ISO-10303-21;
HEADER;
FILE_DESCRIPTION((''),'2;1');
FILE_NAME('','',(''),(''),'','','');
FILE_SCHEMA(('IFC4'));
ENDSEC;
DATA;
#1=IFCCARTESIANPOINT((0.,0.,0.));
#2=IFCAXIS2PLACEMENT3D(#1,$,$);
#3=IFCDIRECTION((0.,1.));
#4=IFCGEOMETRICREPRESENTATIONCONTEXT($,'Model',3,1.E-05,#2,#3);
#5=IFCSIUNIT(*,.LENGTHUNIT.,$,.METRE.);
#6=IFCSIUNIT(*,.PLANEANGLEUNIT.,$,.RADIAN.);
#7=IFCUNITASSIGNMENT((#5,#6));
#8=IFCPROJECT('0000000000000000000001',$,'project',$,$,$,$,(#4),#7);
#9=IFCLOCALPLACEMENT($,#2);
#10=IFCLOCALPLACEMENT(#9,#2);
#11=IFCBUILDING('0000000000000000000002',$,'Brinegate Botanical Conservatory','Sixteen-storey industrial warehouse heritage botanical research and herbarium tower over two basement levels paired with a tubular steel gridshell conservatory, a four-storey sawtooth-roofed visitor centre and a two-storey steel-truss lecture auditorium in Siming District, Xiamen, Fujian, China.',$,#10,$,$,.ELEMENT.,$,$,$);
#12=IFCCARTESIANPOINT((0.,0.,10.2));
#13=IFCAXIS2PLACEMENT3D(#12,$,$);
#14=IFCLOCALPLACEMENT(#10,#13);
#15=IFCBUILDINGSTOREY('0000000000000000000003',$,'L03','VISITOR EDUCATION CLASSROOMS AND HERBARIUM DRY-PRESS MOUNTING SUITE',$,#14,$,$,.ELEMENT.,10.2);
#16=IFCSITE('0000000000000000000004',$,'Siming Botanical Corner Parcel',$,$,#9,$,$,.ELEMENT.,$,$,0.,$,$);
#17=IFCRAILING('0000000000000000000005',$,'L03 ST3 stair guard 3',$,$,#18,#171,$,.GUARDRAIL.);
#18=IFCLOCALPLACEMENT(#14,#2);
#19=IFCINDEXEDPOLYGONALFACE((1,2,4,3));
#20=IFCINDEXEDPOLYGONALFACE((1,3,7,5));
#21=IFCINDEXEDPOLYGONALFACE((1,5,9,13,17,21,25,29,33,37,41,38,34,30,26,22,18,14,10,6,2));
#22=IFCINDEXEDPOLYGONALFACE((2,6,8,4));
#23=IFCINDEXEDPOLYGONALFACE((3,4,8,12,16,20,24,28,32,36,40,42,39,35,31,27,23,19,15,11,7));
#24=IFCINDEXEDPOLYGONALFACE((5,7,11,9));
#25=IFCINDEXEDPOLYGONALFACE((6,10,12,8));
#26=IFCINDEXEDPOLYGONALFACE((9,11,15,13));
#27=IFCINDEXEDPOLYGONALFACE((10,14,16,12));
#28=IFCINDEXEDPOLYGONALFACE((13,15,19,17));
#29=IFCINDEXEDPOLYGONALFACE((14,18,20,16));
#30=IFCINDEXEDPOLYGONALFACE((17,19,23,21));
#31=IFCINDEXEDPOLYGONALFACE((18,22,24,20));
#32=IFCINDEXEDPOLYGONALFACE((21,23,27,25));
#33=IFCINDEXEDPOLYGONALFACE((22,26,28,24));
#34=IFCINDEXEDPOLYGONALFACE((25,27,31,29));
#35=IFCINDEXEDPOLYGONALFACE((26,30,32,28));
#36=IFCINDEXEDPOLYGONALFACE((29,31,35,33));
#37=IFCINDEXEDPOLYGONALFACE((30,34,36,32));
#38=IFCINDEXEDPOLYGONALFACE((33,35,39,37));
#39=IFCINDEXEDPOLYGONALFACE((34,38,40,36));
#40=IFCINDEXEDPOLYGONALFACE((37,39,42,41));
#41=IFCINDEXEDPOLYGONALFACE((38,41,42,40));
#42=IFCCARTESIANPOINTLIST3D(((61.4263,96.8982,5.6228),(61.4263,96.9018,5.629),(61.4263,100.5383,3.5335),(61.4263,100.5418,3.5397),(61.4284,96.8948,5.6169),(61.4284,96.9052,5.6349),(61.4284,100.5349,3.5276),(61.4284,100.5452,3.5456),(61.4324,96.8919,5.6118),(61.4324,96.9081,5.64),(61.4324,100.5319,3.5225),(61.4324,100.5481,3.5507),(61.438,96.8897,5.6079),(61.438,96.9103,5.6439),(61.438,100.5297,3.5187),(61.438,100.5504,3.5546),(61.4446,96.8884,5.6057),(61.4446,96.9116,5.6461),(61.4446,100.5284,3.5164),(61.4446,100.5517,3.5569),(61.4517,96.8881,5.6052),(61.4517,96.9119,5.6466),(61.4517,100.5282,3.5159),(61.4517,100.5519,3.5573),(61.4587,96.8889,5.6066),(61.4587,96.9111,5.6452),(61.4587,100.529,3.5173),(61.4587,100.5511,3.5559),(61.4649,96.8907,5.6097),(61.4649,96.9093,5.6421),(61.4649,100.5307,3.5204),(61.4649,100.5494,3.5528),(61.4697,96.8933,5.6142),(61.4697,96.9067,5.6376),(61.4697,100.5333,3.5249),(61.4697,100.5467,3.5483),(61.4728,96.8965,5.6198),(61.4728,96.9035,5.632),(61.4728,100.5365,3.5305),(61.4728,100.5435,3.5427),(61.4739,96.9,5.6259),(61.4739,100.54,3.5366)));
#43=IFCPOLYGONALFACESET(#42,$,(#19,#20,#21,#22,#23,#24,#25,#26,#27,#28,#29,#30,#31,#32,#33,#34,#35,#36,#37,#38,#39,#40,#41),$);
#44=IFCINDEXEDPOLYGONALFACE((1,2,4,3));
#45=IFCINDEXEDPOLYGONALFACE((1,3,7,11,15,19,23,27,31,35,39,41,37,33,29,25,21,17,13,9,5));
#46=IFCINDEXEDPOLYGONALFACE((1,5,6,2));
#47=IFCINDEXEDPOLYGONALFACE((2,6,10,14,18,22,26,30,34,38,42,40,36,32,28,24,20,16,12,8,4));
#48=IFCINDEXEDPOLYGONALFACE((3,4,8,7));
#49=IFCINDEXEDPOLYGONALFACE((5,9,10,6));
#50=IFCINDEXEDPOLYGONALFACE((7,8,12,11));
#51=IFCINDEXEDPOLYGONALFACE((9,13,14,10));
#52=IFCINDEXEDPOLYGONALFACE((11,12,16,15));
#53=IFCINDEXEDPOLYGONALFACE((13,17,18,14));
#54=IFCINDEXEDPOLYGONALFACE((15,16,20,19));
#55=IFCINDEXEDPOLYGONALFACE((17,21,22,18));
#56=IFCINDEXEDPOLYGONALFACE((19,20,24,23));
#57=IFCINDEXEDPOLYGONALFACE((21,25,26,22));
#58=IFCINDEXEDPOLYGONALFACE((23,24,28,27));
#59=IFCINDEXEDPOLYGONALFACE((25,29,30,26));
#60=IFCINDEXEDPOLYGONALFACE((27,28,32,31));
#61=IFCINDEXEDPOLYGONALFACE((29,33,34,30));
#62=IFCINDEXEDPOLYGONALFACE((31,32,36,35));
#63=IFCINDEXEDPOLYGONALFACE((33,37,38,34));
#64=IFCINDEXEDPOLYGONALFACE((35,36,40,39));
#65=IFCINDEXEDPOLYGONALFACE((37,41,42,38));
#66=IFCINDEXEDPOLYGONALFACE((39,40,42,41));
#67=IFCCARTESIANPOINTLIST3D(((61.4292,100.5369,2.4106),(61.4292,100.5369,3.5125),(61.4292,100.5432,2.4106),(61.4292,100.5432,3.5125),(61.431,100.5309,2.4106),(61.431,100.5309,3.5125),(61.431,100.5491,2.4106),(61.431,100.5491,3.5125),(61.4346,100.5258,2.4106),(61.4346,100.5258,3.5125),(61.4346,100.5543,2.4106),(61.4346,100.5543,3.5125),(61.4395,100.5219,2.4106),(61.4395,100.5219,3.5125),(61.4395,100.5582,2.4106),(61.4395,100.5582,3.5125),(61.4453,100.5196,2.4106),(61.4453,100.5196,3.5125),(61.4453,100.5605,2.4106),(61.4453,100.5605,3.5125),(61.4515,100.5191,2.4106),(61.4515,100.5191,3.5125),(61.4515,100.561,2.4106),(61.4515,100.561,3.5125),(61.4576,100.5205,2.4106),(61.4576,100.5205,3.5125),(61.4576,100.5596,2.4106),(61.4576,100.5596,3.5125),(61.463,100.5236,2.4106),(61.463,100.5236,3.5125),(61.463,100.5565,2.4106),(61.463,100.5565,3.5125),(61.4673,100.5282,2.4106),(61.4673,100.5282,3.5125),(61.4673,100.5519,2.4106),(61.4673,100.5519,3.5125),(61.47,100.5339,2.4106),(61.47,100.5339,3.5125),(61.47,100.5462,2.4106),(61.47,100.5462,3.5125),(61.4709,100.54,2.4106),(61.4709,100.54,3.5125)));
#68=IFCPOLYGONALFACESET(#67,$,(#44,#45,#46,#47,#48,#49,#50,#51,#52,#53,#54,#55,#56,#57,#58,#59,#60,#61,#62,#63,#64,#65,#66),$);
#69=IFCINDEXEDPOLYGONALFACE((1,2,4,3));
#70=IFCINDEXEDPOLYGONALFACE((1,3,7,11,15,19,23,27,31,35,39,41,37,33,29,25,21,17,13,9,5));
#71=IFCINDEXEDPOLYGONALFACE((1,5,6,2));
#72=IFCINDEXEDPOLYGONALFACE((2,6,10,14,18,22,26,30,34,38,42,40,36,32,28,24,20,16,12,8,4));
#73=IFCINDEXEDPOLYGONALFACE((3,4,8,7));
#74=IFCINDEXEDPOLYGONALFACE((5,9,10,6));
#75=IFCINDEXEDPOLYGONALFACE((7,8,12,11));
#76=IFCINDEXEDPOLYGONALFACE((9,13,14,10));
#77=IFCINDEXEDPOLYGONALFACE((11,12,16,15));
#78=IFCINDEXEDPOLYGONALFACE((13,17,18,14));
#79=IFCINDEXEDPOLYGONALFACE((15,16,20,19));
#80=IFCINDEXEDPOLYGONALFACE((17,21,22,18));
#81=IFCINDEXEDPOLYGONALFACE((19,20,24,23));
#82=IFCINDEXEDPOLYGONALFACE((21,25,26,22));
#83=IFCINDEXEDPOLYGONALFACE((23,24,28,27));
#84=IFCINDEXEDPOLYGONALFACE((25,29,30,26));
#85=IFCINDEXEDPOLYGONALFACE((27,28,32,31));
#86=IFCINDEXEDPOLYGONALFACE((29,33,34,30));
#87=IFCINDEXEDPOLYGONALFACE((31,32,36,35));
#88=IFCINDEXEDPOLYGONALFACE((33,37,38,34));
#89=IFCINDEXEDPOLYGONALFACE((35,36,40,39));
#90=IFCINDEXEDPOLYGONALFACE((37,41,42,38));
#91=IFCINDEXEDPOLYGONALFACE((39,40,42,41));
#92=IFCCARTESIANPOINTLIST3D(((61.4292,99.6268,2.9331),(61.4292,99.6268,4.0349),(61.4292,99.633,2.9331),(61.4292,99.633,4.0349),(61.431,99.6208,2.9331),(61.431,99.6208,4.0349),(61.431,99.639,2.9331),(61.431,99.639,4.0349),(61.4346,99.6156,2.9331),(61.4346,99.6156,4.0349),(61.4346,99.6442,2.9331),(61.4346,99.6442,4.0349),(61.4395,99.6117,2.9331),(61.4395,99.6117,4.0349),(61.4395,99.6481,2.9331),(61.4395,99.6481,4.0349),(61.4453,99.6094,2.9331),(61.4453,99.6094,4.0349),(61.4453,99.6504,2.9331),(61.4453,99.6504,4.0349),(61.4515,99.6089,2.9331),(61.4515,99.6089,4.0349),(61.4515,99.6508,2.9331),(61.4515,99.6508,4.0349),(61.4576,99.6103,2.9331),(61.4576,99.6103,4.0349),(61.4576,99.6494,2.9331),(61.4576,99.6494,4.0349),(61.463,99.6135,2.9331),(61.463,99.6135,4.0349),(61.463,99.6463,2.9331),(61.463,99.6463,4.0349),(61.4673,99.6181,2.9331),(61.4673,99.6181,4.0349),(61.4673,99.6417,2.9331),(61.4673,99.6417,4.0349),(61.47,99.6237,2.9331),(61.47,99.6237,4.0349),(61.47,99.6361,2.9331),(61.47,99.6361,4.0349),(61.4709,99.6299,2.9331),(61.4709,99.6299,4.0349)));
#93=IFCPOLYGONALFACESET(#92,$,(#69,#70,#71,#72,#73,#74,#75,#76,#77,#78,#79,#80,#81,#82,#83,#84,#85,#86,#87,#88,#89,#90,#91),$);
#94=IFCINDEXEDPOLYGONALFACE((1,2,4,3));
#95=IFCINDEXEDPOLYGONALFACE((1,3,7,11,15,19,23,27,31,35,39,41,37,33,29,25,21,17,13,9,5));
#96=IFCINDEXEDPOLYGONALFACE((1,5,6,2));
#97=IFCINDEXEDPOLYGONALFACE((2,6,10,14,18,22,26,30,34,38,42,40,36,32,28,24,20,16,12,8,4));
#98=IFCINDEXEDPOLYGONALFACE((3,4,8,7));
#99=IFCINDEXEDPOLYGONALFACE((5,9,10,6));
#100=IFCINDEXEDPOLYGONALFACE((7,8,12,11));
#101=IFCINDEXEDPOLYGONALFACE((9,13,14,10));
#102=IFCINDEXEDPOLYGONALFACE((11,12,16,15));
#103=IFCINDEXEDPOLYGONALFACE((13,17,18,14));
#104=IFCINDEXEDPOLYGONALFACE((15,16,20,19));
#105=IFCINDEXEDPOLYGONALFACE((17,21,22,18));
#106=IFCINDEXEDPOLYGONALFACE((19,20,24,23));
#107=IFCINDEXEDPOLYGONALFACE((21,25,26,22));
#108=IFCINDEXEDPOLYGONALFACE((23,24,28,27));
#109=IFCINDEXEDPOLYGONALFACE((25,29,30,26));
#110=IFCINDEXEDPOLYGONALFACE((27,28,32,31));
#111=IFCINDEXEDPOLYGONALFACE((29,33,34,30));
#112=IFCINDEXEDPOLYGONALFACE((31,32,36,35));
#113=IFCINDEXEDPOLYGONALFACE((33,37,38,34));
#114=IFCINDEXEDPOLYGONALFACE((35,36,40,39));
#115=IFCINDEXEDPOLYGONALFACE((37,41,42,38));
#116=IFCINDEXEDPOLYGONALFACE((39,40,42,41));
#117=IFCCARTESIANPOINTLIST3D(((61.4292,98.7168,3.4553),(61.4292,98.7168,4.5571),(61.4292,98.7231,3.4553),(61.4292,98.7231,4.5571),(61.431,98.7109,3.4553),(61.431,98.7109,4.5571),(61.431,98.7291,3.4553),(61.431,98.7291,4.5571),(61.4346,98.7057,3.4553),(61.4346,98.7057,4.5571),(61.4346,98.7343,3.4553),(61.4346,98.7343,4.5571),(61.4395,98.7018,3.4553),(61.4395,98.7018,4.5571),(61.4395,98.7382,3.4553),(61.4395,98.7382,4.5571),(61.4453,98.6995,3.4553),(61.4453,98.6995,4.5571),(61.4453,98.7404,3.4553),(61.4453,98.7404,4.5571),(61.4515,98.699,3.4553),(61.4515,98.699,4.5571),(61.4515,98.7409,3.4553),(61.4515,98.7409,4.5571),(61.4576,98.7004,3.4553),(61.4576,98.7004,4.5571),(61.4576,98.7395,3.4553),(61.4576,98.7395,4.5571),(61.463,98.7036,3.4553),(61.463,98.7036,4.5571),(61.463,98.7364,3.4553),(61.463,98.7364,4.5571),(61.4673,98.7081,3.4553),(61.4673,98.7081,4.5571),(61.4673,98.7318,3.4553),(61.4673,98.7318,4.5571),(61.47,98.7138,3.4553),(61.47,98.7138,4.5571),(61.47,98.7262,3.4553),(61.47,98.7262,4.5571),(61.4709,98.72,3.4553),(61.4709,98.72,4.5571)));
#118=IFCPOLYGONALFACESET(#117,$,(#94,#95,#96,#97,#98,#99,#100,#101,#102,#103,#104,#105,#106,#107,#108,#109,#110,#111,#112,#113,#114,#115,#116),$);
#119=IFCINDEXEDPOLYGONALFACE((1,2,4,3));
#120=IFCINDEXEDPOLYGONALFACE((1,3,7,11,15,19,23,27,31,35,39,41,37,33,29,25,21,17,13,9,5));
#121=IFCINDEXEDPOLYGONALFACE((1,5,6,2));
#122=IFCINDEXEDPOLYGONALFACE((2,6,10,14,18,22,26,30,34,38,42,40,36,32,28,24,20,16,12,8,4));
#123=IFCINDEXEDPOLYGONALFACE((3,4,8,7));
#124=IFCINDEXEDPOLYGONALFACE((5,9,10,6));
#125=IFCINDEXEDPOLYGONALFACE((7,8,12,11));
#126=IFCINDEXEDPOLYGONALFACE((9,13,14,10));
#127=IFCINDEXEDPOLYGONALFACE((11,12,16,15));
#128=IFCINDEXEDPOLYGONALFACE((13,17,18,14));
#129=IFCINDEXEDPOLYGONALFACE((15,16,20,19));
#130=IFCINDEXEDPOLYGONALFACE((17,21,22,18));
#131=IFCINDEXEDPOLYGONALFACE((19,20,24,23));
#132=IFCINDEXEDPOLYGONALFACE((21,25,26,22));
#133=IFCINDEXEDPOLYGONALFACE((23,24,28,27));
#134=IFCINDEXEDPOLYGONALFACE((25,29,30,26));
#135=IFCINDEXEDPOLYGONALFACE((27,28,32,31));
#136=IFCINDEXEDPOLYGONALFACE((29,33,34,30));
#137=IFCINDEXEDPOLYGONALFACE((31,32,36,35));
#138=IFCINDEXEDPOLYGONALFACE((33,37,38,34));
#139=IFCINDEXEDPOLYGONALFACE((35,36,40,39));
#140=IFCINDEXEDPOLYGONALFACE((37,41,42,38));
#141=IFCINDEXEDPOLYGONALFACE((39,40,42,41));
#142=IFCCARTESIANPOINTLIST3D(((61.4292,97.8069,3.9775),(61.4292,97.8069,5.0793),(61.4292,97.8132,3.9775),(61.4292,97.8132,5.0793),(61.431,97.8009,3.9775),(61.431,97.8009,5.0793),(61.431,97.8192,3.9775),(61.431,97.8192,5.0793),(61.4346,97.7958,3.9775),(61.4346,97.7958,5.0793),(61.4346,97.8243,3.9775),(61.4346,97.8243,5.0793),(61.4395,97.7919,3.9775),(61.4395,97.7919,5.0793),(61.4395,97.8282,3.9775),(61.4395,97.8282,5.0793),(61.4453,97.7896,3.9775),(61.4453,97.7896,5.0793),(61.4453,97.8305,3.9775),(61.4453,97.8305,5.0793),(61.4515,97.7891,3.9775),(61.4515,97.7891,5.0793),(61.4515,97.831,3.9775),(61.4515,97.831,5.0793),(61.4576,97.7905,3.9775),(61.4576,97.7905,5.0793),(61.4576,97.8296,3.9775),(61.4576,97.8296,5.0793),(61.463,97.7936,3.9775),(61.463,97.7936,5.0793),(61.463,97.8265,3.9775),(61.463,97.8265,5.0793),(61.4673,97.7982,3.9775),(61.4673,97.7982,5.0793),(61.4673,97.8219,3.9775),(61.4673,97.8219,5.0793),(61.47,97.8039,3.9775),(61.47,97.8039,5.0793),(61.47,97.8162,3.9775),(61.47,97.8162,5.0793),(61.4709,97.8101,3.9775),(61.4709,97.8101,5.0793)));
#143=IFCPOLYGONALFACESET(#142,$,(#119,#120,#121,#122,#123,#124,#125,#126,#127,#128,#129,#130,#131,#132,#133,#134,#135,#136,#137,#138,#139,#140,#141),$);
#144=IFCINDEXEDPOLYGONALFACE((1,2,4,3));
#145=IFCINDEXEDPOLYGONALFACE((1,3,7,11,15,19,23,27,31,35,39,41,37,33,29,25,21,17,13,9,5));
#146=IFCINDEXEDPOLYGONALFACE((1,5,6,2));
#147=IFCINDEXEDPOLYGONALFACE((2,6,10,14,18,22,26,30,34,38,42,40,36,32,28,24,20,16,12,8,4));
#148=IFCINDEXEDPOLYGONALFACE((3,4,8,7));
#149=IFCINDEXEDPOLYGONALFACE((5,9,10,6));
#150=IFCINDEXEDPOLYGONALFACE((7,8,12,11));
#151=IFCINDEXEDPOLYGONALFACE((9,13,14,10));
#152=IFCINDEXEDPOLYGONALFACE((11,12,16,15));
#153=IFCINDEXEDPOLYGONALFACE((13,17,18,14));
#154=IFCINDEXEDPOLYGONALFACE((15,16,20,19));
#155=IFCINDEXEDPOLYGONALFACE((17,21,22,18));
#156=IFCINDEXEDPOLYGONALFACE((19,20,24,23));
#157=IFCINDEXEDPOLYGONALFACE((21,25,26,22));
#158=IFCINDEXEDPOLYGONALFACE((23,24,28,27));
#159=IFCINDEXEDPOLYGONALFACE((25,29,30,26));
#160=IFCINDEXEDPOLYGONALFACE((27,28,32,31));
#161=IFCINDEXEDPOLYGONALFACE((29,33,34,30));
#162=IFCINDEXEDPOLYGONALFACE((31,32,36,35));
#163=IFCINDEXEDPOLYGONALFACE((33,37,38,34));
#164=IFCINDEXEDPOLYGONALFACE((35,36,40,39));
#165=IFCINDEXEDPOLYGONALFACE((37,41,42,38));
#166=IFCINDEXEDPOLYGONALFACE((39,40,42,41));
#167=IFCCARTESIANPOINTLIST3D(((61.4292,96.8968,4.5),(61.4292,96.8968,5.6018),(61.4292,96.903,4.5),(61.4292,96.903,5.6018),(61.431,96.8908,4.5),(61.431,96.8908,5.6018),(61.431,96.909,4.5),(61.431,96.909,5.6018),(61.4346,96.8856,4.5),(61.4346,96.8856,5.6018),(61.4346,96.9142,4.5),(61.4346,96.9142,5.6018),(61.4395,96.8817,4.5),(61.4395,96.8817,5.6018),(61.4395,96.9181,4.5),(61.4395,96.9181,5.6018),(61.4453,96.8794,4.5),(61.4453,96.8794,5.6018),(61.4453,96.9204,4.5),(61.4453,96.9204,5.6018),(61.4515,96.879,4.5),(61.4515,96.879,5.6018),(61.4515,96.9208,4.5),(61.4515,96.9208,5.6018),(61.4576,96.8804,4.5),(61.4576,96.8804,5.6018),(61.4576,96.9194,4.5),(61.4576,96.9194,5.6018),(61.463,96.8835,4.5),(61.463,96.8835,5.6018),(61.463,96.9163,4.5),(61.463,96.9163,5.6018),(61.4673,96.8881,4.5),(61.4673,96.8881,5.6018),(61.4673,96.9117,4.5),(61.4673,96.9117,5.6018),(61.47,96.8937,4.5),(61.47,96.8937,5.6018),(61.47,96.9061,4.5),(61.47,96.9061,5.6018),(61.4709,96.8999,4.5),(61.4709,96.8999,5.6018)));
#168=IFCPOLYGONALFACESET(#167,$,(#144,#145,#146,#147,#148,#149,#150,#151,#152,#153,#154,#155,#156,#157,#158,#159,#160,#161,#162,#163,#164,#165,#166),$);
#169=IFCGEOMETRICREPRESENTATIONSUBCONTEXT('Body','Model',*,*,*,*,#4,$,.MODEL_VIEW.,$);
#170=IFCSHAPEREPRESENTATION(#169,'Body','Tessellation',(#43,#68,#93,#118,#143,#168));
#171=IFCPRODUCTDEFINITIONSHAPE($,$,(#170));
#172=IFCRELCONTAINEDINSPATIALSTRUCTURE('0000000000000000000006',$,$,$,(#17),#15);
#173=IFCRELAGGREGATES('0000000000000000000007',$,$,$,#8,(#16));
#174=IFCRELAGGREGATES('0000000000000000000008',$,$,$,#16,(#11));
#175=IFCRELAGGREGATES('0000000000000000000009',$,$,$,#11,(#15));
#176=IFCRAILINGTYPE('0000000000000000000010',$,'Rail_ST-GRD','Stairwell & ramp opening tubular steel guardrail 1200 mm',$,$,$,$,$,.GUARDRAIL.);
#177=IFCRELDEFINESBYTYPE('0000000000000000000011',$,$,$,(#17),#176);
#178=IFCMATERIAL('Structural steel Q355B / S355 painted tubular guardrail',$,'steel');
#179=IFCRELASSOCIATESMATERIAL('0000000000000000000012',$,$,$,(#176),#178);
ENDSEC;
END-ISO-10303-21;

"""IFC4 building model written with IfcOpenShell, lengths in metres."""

from ifc_helpers import new_model, si_unit, direction, frame, origin, origin_2d, place, context, subcontext, project, spatial, circle, extrude, material, type_object, element, save


model = new_model("IFC4")

# Units and contexts
model_context = context("Model", 3, precision=1e-05, world=origin(), true_north=direction((0.0, 1.0)))
body_context = subcontext(model_context, "Body", "Model", "MODEL_VIEW")
ifc_project = project(units=[si_unit("LENGTHUNIT", "METRE"), si_unit("PLANEANGLEUNIT", "RADIAN")], contexts=[model_context])

# Site, building, storey
site_placement = place(None, origin())
site = spatial("IfcSite", under=ifc_project, at=site_placement, Name="Siming Botanical Corner Parcel", CompositionType="ELEMENT", RefElevation=0.0)
building_placement = place(site_placement, origin())
building = spatial("IfcBuilding", under=site, at=building_placement, Name="Brinegate Botanical Conservatory", Description="Sixteen-storey industrial warehouse heritage botanical research and herbarium tower over two basement levels paired with a tubular steel gridshell conservatory, a four-storey sawtooth-roofed visitor centre and a two-storey steel-truss lecture auditorium in Siming District, Xiamen, Fujian, China.", CompositionType="ELEMENT")
storey_placement = place(building_placement, frame((0.0, 0.0, 10.2)))
storey = spatial("IfcBuildingStorey", under=building, at=storey_placement, Name="L03", Description="VISITOR EDUCATION CLASSROOMS AND HERBARIUM DRY-PRESS MOUNTING SUITE", CompositionType="ELEMENT", Elevation=10.2)

# Railing
ifc_material_1 = material(Name="Structural steel Q355B / S355 painted tubular guardrail", Category="steel")
railing_type_1 = type_object("IfcRailingType", Name="Rail_ST-GRD", Description="Stairwell & ramp opening tubular steel guardrail 1200 mm", PredefinedType="GUARDRAIL", material=ifc_material_1)
railing_1_placement = place(storey_placement, frame((61.45, 100.54, 2.4106)))
element("IfcRailing", 1, at=railing_1_placement, inside=storey, type_object=railing_type_1, Name="L03 ST3 stair guard 3", PredefinedType="GUARDRAIL", context=body_context, shape_type="SweptSolid", body=[
    extrude(circle(Radius=0.0239, at=origin_2d()), frame((0.0, 0.0, 1.126), z_axis=(0.0, -0.867289, 0.497804), x_axis=(1.0, 0.0, 0.0)), (0.0, 0.0, 1.0), 4.197),
    extrude(circle(Radius=0.021, at=origin_2d()), origin(), (0.0, 0.0, 1.0), 1.1018),
    extrude(circle(Radius=0.021, at=origin_2d()), frame((0.0, -0.9102, 0.5225)), (0.0, 0.0, 1.0), 1.1018),
    extrude(circle(Radius=0.021, at=origin_2d()), frame((0.0, -1.8201, 1.0447)), (0.0, 0.0, 1.0), 1.1018),
    extrude(circle(Radius=0.021, at=origin_2d()), frame((0.0, -2.73, 1.5669)), (0.0, 0.0, 1.0), 1.1018),
    extrude(circle(Radius=0.021, at=origin_2d()), frame((0.0, -3.6401, 2.0894)), (0.0, 0.0, 1.0), 1.1018),
])

save(model, "model.ifc")
